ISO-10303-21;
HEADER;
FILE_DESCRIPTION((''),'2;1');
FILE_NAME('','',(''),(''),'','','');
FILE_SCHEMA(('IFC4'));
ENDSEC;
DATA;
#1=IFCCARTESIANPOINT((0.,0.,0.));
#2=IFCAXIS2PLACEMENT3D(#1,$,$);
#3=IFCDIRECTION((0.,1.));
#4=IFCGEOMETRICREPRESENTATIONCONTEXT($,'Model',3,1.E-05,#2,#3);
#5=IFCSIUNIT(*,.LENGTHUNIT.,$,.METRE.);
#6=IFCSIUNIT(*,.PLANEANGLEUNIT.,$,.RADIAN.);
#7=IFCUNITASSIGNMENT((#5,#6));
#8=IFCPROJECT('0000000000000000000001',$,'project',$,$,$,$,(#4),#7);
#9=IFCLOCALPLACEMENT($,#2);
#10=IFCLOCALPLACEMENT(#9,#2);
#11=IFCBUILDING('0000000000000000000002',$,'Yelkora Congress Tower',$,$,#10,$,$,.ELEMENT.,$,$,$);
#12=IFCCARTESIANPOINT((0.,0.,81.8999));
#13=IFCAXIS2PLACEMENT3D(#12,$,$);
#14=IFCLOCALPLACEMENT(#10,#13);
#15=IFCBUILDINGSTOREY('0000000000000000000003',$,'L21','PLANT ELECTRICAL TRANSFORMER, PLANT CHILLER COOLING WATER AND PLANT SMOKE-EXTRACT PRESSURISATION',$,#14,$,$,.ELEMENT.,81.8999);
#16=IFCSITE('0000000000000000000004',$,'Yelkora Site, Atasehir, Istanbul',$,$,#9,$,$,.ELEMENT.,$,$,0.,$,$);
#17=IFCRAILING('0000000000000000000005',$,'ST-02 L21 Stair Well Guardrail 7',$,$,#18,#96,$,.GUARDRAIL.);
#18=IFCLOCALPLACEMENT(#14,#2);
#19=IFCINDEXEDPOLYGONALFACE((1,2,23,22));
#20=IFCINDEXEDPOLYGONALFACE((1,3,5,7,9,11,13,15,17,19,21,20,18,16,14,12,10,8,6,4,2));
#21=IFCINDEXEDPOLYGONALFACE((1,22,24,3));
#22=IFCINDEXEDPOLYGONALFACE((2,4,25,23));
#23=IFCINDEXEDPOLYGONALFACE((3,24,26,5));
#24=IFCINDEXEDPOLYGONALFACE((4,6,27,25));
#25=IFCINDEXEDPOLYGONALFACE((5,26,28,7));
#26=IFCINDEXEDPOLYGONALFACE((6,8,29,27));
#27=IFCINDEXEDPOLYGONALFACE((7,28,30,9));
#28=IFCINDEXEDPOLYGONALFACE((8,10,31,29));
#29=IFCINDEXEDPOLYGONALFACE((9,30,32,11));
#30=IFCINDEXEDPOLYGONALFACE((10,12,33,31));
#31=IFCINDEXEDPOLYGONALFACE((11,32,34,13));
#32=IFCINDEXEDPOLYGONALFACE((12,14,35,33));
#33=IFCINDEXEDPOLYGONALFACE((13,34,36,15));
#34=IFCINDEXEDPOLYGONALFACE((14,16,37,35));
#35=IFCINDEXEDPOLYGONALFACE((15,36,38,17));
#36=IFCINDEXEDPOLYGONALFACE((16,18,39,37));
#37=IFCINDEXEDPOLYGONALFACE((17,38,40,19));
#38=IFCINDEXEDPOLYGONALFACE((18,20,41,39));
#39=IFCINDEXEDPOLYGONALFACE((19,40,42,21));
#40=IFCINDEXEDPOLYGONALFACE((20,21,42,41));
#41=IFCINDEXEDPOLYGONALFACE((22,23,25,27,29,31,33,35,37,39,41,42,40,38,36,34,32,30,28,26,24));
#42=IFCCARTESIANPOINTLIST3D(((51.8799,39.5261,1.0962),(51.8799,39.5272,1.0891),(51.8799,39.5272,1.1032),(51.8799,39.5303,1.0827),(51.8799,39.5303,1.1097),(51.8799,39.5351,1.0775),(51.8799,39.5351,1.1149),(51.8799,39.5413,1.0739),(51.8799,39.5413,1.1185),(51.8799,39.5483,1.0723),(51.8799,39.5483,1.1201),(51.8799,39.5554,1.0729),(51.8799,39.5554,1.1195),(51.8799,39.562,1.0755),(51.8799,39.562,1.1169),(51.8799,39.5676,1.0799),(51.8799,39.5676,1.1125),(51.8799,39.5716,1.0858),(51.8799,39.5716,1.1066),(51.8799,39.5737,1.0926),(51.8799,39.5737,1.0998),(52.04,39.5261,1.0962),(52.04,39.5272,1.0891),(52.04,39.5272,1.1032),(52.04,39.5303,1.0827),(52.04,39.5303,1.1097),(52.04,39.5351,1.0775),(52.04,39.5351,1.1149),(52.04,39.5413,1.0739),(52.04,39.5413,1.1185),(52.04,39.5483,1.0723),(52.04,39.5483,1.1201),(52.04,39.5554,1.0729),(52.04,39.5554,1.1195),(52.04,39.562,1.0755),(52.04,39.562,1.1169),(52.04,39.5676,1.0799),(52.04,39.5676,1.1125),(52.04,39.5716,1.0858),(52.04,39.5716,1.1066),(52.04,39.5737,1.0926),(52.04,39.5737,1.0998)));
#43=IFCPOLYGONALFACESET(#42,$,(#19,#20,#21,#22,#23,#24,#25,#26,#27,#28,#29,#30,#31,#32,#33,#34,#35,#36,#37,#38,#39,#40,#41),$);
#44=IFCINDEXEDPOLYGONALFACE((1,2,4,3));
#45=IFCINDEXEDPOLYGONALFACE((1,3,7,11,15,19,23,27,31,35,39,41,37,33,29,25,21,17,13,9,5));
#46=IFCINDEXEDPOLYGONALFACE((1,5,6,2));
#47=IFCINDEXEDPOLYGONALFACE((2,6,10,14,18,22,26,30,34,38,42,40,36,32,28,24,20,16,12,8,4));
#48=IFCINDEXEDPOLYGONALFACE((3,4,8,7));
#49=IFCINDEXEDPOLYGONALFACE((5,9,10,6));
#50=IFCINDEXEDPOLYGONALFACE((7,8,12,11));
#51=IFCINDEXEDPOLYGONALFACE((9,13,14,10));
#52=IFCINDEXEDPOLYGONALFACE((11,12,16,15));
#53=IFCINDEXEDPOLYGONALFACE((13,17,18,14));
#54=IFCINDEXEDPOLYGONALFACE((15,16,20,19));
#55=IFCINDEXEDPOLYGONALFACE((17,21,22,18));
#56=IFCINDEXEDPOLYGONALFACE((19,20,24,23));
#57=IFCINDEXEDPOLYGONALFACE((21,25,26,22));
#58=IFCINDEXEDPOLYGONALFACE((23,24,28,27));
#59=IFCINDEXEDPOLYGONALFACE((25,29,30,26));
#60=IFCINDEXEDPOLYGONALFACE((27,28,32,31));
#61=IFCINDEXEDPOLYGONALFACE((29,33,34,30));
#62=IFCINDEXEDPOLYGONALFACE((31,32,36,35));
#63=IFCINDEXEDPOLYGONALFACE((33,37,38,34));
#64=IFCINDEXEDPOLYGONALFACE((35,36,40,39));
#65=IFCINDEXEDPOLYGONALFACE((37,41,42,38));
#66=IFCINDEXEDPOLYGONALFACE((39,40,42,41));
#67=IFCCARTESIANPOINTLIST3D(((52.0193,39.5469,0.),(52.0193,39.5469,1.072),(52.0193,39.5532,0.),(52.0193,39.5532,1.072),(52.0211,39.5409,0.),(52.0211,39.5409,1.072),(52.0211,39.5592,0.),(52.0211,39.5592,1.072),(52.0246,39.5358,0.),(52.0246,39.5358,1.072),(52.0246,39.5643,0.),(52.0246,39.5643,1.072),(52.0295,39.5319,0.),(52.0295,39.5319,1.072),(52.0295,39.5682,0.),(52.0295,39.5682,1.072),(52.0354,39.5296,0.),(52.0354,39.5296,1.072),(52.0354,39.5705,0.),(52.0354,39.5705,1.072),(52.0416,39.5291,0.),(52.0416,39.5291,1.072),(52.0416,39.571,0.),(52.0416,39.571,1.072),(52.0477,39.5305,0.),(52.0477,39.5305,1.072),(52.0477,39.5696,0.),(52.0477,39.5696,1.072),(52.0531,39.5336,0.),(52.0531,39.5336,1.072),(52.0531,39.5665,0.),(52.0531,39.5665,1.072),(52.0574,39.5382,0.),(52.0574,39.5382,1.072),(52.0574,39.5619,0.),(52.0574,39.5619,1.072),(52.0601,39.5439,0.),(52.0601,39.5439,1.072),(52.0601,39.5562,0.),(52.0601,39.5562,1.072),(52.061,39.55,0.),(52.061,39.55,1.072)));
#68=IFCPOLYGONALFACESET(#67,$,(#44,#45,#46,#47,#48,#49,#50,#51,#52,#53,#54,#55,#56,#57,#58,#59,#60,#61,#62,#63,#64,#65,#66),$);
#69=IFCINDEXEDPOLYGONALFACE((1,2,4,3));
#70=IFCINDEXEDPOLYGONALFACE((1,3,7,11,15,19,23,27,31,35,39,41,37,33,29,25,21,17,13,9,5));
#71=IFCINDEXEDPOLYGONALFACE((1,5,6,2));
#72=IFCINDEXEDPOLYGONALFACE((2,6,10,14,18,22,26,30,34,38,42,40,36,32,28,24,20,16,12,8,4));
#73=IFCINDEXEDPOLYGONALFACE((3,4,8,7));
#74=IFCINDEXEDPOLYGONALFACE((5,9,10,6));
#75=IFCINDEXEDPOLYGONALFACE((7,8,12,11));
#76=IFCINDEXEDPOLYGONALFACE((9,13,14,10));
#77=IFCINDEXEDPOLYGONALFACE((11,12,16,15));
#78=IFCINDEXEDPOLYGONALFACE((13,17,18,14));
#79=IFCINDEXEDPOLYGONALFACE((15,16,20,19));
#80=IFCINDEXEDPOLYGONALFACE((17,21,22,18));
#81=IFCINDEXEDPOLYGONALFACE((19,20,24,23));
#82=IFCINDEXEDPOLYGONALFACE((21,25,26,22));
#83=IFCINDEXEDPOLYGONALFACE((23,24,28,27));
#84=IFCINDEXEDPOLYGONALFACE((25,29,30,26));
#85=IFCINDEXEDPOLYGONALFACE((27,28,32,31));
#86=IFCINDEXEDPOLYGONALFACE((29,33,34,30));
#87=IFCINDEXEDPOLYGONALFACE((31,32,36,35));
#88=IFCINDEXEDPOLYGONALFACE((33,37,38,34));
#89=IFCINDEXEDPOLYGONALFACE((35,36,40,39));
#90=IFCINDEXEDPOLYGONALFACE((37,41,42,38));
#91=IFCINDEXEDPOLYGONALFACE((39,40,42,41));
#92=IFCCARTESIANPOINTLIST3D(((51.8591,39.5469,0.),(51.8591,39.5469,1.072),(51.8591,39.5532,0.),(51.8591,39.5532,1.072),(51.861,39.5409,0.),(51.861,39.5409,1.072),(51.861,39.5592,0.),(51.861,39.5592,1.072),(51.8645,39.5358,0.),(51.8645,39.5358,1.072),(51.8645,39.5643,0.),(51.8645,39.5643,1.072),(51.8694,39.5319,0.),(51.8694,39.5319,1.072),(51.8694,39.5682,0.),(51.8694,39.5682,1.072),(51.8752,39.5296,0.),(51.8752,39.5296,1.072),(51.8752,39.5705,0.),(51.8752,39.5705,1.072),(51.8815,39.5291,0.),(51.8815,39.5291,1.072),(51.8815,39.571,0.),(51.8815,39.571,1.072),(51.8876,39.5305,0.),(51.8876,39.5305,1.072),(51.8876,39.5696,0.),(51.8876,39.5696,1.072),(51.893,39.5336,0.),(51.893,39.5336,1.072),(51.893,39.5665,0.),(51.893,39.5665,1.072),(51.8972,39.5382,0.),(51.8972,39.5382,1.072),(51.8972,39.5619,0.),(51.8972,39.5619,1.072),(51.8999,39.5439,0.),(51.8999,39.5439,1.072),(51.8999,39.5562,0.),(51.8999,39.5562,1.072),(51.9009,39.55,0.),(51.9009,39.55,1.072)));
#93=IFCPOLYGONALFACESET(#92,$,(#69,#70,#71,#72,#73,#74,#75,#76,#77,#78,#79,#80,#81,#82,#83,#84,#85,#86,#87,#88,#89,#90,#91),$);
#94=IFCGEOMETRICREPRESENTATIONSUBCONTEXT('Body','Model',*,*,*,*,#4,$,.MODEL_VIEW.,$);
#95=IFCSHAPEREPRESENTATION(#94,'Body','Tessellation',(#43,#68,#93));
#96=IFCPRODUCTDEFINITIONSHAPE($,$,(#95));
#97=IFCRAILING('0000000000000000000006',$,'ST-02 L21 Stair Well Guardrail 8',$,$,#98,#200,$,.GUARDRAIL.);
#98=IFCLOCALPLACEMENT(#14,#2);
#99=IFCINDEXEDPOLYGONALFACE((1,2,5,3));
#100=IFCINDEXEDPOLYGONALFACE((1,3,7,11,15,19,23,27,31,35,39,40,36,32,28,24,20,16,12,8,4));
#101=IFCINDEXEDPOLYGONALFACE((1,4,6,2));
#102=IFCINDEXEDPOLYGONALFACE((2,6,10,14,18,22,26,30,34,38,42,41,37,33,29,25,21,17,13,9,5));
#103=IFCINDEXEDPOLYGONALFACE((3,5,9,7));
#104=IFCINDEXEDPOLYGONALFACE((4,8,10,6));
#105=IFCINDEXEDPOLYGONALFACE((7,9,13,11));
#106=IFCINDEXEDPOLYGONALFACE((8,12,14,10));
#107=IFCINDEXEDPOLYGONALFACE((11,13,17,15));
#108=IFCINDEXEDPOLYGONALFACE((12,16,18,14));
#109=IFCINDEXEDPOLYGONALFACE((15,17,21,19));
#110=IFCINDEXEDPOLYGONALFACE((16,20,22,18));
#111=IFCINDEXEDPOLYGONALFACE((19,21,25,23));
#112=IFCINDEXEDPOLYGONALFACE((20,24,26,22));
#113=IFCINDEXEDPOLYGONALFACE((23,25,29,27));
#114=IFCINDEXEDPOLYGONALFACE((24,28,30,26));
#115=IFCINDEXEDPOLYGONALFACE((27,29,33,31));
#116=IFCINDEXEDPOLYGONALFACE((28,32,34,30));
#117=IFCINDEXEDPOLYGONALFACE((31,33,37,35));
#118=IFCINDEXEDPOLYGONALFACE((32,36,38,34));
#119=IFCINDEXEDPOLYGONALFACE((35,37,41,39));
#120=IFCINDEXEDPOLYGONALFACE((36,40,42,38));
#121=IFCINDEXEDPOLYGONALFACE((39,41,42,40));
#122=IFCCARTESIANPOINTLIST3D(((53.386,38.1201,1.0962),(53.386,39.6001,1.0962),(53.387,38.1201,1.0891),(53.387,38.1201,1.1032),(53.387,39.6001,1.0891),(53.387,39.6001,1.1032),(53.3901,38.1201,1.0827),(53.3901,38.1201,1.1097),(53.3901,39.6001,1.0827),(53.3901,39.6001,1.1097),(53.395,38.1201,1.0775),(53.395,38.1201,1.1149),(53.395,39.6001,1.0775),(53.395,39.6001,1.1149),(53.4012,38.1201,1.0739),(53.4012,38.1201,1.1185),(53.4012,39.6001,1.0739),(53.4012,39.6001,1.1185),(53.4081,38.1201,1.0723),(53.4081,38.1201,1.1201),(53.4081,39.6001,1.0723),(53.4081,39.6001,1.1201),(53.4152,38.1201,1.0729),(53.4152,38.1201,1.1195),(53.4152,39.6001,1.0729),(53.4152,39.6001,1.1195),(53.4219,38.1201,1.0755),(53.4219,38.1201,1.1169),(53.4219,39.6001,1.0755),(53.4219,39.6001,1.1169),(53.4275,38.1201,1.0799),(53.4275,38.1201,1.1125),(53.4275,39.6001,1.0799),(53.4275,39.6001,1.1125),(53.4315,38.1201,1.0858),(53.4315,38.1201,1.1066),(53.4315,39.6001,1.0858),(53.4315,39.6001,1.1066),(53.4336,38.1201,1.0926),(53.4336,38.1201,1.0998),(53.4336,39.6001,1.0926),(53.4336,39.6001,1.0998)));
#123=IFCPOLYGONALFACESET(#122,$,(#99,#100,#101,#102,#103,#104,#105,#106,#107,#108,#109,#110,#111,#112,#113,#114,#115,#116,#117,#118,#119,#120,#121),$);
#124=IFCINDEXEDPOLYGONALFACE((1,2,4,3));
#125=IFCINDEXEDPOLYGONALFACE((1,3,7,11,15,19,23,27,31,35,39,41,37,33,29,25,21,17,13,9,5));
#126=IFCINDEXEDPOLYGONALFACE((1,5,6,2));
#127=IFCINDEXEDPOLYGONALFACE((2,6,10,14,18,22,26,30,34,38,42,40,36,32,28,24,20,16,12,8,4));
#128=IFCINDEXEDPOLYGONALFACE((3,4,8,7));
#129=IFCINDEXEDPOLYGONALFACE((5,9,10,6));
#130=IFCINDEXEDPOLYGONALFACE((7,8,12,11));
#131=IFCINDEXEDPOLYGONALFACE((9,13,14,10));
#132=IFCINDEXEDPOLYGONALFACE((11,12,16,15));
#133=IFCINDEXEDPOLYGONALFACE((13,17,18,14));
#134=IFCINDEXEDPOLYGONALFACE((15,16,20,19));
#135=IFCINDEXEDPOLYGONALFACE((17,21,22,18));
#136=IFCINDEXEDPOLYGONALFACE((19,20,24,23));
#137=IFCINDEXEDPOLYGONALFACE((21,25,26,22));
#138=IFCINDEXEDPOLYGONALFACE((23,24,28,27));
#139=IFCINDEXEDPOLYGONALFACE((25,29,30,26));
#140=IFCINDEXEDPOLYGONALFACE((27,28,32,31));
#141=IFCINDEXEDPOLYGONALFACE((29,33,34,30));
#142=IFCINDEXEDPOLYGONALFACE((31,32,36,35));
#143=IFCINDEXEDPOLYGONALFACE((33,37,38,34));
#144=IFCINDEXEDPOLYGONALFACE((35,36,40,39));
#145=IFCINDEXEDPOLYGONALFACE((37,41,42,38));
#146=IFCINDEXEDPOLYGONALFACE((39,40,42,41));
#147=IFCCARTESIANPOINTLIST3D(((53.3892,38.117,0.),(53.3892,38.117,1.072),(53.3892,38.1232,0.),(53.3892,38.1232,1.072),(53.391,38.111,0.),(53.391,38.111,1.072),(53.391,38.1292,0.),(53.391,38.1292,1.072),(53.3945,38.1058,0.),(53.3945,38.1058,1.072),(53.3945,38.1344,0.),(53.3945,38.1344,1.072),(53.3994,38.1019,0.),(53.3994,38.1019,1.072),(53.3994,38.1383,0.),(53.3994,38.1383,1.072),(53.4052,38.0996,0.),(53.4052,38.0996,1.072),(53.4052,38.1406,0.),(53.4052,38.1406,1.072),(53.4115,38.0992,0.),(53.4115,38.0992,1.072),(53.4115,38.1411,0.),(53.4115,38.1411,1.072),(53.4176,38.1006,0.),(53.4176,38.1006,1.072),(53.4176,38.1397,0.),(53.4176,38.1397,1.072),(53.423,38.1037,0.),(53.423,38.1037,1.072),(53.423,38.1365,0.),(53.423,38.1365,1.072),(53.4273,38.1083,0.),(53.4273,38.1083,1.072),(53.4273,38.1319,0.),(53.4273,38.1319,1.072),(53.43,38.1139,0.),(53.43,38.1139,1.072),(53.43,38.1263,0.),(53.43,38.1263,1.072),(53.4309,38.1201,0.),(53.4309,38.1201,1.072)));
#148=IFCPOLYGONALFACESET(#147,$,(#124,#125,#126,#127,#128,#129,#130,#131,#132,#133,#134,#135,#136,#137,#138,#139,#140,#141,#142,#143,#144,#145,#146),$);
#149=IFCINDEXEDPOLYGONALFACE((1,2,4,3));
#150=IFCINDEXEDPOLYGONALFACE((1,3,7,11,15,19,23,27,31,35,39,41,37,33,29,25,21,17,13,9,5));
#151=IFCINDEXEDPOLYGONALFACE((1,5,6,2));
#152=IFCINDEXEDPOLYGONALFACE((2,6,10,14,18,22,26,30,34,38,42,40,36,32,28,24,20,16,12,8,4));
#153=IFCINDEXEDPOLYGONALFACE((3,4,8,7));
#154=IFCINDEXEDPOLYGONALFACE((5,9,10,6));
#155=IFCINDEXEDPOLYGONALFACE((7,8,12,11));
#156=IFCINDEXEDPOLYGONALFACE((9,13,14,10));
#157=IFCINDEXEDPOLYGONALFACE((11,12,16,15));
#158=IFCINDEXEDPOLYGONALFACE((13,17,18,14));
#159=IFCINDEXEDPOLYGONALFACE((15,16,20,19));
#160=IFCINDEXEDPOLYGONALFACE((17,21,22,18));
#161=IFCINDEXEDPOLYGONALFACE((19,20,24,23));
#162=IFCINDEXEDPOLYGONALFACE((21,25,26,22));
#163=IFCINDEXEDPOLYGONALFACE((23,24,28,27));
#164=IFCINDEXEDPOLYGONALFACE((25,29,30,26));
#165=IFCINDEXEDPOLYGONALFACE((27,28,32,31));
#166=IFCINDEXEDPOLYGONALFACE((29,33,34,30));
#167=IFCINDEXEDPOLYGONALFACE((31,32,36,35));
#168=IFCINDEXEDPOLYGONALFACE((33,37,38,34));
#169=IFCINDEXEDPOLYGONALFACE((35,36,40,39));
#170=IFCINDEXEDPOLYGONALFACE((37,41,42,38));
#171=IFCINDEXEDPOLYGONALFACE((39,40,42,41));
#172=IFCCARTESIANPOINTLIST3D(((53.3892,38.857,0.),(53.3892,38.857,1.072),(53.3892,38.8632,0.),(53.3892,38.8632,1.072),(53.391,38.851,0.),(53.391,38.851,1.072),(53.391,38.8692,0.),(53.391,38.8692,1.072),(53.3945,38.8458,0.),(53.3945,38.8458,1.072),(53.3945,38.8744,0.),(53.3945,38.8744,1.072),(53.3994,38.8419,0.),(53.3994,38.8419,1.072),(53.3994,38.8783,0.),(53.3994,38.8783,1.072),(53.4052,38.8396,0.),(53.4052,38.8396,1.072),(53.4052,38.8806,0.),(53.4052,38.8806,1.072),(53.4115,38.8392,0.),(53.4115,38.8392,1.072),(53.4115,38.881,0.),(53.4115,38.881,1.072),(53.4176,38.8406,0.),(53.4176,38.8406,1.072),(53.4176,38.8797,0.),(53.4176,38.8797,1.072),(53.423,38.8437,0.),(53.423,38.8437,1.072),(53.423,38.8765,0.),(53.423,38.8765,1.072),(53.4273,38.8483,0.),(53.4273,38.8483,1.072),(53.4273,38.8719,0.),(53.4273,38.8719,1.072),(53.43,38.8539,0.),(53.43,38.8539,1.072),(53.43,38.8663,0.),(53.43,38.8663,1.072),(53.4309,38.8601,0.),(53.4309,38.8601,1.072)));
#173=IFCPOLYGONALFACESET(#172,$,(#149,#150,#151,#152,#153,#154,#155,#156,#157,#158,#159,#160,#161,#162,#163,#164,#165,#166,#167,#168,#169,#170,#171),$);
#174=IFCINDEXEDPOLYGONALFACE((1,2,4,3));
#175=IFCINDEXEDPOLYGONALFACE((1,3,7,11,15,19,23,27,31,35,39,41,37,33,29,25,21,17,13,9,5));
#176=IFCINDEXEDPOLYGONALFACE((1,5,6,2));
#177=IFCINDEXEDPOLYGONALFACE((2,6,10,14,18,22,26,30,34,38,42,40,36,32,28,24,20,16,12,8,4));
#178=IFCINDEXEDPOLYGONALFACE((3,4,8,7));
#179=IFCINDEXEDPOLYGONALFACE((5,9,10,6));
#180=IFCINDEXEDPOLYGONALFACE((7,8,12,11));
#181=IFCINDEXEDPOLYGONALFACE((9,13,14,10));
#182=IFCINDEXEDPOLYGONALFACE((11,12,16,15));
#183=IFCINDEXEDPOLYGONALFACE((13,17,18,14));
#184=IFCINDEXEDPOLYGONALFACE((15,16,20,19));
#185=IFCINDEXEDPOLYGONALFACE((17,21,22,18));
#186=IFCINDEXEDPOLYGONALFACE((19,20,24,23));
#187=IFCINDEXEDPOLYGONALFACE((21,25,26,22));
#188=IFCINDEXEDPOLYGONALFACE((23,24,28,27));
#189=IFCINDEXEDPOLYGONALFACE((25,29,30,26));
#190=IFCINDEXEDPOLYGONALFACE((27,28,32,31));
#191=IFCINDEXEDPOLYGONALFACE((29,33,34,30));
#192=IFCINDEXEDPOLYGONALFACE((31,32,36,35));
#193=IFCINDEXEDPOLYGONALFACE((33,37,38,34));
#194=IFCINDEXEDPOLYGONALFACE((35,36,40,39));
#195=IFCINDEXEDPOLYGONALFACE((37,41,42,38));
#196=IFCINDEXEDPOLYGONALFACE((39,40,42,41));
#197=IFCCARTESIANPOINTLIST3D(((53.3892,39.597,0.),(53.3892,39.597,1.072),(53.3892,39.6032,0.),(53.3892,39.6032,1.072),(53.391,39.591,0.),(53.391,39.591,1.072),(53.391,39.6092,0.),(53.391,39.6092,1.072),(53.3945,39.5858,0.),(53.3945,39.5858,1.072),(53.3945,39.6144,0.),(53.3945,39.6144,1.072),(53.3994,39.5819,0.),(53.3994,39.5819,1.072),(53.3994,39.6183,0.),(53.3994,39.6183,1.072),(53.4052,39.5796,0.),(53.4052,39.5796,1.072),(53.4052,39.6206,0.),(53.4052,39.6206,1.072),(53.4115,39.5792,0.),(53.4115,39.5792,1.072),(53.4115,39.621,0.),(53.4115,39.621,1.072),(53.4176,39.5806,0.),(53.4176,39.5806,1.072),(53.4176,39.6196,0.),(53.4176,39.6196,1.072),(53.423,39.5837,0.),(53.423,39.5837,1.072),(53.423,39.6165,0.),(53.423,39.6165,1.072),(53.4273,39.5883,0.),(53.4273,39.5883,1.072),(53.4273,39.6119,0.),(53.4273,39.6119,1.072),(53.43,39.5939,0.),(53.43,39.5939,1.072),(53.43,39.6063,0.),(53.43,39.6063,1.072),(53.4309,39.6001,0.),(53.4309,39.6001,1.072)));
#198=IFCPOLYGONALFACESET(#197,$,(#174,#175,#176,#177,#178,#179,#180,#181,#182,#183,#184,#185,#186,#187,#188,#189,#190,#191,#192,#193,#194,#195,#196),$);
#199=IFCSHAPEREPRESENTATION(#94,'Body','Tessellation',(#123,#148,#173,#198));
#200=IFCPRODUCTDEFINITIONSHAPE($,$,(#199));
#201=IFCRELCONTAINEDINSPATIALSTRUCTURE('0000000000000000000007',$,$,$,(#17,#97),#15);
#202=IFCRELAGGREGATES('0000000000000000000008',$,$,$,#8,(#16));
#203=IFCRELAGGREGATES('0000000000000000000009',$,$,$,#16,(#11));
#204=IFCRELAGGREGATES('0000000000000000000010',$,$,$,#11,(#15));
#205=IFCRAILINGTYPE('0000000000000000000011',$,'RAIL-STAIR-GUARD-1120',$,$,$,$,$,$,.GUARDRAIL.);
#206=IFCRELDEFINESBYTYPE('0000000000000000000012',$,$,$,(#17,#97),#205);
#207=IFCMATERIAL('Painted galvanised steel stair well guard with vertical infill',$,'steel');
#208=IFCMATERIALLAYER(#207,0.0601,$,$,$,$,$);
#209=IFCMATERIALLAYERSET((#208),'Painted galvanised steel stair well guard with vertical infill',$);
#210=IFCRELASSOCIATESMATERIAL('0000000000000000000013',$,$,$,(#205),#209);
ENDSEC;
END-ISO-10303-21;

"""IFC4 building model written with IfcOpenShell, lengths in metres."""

from ifc_helpers import new_model, si_unit, direction, frame, origin, origin_2d, place, context, subcontext, project, spatial, circle, extrude, material, layer, layer_set, type_object, element, save


model = new_model("IFC4")

# Units and contexts
model_context = context("Model", 3, precision=1e-05, world=origin(), true_north=direction((0.0, 1.0)))
body_context = subcontext(model_context, "Body", "Model", "MODEL_VIEW")
ifc_project = project(units=[si_unit("LENGTHUNIT", "METRE"), si_unit("PLANEANGLEUNIT", "RADIAN")], contexts=[model_context])

# Site, building, storey
site_placement = place(None, origin())
site = spatial("IfcSite", under=ifc_project, at=site_placement, Name="Yelkora Site, Atasehir, Istanbul", CompositionType="ELEMENT", RefElevation=0.0)
building_placement = place(site_placement, origin())
building = spatial("IfcBuilding", under=site, at=building_placement, Name="Yelkora Congress Tower", CompositionType="ELEMENT")
storey_placement = place(building_placement, frame((0.0, 0.0, 81.8999)))
storey = spatial("IfcBuildingStorey", under=building, at=storey_placement, Name="L21", Description="PLANT ELECTRICAL TRANSFORMER, PLANT CHILLER COOLING WATER AND PLANT SMOKE-EXTRACT PRESSURISATION", CompositionType="ELEMENT", Elevation=81.8999)

# Railings
ifc_material_1 = material(Name="Painted galvanised steel stair well guard with vertical infill", Category="steel")
ifc_layer_1 = layer(ifc_material_1, 0.0601)
ifc_layer_set_1 = layer_set([ifc_layer_1], Name="Painted galvanised steel stair well guard with vertical infill")
railing_type_1 = type_object("IfcRailingType", Name="RAIL-STAIR-GUARD-1120", PredefinedType="GUARDRAIL", material=ifc_layer_set_1)
railing_1_placement = place(storey_placement, frame((52.04, 39.55, 0.0)))
element("IfcRailing", 1, at=railing_1_placement, inside=storey, type_object=railing_type_1, Name="ST-02 L21 Stair Well Guardrail 7", PredefinedType="GUARDRAIL", context=body_context, shape_type="SweptSolid", body=[
    extrude(circle(Radius=0.0239, at=origin_2d()), frame((0.0, 0.0, 1.0962), z_axis=(-1.0, 0.0, 0.0), x_axis=(0.0, -1.0, 0.0)), (0.0, 0.0, 1.0), 0.1602),
    extrude(circle(Radius=0.021, at=origin_2d()), origin(), (0.0, 0.0, 1.0), 1.072),
    extrude(circle(Radius=0.021, at=origin_2d()), frame((-0.1602, 0.0, 0.0)), (0.0, 0.0, 1.0), 1.072),
])
for number, where, name in (
    (2, (53.4099, 38.1201, 0.0), "ST-02 L21 Stair Well Guardrail 8"),
):
    element("IfcRailing", number, at=place(storey_placement, frame(where)), inside=storey, type_object=railing_type_1, Name=name, PredefinedType="GUARDRAIL", context=body_context, shape_type="SweptSolid", body=[
        extrude(circle(Radius=0.0239, at=origin_2d()), frame((0.0, 0.0, 1.0962), z_axis=(0.0, 1.0, 0.0), x_axis=(-1.0, 0.0, 0.0)), (0.0, 0.0, 1.0), 1.48),
        extrude(circle(Radius=0.021, at=origin_2d()), origin(), (0.0, 0.0, 1.0), 1.072),
        extrude(circle(Radius=0.021, at=origin_2d()), frame((0.0, 0.74, 0.0)), (0.0, 0.0, 1.0), 1.072),
        extrude(circle(Radius=0.021, at=origin_2d()), frame((0.0, 1.48, 0.0)), (0.0, 0.0, 1.0), 1.072),
    ])

save(model, "model.ifc")
